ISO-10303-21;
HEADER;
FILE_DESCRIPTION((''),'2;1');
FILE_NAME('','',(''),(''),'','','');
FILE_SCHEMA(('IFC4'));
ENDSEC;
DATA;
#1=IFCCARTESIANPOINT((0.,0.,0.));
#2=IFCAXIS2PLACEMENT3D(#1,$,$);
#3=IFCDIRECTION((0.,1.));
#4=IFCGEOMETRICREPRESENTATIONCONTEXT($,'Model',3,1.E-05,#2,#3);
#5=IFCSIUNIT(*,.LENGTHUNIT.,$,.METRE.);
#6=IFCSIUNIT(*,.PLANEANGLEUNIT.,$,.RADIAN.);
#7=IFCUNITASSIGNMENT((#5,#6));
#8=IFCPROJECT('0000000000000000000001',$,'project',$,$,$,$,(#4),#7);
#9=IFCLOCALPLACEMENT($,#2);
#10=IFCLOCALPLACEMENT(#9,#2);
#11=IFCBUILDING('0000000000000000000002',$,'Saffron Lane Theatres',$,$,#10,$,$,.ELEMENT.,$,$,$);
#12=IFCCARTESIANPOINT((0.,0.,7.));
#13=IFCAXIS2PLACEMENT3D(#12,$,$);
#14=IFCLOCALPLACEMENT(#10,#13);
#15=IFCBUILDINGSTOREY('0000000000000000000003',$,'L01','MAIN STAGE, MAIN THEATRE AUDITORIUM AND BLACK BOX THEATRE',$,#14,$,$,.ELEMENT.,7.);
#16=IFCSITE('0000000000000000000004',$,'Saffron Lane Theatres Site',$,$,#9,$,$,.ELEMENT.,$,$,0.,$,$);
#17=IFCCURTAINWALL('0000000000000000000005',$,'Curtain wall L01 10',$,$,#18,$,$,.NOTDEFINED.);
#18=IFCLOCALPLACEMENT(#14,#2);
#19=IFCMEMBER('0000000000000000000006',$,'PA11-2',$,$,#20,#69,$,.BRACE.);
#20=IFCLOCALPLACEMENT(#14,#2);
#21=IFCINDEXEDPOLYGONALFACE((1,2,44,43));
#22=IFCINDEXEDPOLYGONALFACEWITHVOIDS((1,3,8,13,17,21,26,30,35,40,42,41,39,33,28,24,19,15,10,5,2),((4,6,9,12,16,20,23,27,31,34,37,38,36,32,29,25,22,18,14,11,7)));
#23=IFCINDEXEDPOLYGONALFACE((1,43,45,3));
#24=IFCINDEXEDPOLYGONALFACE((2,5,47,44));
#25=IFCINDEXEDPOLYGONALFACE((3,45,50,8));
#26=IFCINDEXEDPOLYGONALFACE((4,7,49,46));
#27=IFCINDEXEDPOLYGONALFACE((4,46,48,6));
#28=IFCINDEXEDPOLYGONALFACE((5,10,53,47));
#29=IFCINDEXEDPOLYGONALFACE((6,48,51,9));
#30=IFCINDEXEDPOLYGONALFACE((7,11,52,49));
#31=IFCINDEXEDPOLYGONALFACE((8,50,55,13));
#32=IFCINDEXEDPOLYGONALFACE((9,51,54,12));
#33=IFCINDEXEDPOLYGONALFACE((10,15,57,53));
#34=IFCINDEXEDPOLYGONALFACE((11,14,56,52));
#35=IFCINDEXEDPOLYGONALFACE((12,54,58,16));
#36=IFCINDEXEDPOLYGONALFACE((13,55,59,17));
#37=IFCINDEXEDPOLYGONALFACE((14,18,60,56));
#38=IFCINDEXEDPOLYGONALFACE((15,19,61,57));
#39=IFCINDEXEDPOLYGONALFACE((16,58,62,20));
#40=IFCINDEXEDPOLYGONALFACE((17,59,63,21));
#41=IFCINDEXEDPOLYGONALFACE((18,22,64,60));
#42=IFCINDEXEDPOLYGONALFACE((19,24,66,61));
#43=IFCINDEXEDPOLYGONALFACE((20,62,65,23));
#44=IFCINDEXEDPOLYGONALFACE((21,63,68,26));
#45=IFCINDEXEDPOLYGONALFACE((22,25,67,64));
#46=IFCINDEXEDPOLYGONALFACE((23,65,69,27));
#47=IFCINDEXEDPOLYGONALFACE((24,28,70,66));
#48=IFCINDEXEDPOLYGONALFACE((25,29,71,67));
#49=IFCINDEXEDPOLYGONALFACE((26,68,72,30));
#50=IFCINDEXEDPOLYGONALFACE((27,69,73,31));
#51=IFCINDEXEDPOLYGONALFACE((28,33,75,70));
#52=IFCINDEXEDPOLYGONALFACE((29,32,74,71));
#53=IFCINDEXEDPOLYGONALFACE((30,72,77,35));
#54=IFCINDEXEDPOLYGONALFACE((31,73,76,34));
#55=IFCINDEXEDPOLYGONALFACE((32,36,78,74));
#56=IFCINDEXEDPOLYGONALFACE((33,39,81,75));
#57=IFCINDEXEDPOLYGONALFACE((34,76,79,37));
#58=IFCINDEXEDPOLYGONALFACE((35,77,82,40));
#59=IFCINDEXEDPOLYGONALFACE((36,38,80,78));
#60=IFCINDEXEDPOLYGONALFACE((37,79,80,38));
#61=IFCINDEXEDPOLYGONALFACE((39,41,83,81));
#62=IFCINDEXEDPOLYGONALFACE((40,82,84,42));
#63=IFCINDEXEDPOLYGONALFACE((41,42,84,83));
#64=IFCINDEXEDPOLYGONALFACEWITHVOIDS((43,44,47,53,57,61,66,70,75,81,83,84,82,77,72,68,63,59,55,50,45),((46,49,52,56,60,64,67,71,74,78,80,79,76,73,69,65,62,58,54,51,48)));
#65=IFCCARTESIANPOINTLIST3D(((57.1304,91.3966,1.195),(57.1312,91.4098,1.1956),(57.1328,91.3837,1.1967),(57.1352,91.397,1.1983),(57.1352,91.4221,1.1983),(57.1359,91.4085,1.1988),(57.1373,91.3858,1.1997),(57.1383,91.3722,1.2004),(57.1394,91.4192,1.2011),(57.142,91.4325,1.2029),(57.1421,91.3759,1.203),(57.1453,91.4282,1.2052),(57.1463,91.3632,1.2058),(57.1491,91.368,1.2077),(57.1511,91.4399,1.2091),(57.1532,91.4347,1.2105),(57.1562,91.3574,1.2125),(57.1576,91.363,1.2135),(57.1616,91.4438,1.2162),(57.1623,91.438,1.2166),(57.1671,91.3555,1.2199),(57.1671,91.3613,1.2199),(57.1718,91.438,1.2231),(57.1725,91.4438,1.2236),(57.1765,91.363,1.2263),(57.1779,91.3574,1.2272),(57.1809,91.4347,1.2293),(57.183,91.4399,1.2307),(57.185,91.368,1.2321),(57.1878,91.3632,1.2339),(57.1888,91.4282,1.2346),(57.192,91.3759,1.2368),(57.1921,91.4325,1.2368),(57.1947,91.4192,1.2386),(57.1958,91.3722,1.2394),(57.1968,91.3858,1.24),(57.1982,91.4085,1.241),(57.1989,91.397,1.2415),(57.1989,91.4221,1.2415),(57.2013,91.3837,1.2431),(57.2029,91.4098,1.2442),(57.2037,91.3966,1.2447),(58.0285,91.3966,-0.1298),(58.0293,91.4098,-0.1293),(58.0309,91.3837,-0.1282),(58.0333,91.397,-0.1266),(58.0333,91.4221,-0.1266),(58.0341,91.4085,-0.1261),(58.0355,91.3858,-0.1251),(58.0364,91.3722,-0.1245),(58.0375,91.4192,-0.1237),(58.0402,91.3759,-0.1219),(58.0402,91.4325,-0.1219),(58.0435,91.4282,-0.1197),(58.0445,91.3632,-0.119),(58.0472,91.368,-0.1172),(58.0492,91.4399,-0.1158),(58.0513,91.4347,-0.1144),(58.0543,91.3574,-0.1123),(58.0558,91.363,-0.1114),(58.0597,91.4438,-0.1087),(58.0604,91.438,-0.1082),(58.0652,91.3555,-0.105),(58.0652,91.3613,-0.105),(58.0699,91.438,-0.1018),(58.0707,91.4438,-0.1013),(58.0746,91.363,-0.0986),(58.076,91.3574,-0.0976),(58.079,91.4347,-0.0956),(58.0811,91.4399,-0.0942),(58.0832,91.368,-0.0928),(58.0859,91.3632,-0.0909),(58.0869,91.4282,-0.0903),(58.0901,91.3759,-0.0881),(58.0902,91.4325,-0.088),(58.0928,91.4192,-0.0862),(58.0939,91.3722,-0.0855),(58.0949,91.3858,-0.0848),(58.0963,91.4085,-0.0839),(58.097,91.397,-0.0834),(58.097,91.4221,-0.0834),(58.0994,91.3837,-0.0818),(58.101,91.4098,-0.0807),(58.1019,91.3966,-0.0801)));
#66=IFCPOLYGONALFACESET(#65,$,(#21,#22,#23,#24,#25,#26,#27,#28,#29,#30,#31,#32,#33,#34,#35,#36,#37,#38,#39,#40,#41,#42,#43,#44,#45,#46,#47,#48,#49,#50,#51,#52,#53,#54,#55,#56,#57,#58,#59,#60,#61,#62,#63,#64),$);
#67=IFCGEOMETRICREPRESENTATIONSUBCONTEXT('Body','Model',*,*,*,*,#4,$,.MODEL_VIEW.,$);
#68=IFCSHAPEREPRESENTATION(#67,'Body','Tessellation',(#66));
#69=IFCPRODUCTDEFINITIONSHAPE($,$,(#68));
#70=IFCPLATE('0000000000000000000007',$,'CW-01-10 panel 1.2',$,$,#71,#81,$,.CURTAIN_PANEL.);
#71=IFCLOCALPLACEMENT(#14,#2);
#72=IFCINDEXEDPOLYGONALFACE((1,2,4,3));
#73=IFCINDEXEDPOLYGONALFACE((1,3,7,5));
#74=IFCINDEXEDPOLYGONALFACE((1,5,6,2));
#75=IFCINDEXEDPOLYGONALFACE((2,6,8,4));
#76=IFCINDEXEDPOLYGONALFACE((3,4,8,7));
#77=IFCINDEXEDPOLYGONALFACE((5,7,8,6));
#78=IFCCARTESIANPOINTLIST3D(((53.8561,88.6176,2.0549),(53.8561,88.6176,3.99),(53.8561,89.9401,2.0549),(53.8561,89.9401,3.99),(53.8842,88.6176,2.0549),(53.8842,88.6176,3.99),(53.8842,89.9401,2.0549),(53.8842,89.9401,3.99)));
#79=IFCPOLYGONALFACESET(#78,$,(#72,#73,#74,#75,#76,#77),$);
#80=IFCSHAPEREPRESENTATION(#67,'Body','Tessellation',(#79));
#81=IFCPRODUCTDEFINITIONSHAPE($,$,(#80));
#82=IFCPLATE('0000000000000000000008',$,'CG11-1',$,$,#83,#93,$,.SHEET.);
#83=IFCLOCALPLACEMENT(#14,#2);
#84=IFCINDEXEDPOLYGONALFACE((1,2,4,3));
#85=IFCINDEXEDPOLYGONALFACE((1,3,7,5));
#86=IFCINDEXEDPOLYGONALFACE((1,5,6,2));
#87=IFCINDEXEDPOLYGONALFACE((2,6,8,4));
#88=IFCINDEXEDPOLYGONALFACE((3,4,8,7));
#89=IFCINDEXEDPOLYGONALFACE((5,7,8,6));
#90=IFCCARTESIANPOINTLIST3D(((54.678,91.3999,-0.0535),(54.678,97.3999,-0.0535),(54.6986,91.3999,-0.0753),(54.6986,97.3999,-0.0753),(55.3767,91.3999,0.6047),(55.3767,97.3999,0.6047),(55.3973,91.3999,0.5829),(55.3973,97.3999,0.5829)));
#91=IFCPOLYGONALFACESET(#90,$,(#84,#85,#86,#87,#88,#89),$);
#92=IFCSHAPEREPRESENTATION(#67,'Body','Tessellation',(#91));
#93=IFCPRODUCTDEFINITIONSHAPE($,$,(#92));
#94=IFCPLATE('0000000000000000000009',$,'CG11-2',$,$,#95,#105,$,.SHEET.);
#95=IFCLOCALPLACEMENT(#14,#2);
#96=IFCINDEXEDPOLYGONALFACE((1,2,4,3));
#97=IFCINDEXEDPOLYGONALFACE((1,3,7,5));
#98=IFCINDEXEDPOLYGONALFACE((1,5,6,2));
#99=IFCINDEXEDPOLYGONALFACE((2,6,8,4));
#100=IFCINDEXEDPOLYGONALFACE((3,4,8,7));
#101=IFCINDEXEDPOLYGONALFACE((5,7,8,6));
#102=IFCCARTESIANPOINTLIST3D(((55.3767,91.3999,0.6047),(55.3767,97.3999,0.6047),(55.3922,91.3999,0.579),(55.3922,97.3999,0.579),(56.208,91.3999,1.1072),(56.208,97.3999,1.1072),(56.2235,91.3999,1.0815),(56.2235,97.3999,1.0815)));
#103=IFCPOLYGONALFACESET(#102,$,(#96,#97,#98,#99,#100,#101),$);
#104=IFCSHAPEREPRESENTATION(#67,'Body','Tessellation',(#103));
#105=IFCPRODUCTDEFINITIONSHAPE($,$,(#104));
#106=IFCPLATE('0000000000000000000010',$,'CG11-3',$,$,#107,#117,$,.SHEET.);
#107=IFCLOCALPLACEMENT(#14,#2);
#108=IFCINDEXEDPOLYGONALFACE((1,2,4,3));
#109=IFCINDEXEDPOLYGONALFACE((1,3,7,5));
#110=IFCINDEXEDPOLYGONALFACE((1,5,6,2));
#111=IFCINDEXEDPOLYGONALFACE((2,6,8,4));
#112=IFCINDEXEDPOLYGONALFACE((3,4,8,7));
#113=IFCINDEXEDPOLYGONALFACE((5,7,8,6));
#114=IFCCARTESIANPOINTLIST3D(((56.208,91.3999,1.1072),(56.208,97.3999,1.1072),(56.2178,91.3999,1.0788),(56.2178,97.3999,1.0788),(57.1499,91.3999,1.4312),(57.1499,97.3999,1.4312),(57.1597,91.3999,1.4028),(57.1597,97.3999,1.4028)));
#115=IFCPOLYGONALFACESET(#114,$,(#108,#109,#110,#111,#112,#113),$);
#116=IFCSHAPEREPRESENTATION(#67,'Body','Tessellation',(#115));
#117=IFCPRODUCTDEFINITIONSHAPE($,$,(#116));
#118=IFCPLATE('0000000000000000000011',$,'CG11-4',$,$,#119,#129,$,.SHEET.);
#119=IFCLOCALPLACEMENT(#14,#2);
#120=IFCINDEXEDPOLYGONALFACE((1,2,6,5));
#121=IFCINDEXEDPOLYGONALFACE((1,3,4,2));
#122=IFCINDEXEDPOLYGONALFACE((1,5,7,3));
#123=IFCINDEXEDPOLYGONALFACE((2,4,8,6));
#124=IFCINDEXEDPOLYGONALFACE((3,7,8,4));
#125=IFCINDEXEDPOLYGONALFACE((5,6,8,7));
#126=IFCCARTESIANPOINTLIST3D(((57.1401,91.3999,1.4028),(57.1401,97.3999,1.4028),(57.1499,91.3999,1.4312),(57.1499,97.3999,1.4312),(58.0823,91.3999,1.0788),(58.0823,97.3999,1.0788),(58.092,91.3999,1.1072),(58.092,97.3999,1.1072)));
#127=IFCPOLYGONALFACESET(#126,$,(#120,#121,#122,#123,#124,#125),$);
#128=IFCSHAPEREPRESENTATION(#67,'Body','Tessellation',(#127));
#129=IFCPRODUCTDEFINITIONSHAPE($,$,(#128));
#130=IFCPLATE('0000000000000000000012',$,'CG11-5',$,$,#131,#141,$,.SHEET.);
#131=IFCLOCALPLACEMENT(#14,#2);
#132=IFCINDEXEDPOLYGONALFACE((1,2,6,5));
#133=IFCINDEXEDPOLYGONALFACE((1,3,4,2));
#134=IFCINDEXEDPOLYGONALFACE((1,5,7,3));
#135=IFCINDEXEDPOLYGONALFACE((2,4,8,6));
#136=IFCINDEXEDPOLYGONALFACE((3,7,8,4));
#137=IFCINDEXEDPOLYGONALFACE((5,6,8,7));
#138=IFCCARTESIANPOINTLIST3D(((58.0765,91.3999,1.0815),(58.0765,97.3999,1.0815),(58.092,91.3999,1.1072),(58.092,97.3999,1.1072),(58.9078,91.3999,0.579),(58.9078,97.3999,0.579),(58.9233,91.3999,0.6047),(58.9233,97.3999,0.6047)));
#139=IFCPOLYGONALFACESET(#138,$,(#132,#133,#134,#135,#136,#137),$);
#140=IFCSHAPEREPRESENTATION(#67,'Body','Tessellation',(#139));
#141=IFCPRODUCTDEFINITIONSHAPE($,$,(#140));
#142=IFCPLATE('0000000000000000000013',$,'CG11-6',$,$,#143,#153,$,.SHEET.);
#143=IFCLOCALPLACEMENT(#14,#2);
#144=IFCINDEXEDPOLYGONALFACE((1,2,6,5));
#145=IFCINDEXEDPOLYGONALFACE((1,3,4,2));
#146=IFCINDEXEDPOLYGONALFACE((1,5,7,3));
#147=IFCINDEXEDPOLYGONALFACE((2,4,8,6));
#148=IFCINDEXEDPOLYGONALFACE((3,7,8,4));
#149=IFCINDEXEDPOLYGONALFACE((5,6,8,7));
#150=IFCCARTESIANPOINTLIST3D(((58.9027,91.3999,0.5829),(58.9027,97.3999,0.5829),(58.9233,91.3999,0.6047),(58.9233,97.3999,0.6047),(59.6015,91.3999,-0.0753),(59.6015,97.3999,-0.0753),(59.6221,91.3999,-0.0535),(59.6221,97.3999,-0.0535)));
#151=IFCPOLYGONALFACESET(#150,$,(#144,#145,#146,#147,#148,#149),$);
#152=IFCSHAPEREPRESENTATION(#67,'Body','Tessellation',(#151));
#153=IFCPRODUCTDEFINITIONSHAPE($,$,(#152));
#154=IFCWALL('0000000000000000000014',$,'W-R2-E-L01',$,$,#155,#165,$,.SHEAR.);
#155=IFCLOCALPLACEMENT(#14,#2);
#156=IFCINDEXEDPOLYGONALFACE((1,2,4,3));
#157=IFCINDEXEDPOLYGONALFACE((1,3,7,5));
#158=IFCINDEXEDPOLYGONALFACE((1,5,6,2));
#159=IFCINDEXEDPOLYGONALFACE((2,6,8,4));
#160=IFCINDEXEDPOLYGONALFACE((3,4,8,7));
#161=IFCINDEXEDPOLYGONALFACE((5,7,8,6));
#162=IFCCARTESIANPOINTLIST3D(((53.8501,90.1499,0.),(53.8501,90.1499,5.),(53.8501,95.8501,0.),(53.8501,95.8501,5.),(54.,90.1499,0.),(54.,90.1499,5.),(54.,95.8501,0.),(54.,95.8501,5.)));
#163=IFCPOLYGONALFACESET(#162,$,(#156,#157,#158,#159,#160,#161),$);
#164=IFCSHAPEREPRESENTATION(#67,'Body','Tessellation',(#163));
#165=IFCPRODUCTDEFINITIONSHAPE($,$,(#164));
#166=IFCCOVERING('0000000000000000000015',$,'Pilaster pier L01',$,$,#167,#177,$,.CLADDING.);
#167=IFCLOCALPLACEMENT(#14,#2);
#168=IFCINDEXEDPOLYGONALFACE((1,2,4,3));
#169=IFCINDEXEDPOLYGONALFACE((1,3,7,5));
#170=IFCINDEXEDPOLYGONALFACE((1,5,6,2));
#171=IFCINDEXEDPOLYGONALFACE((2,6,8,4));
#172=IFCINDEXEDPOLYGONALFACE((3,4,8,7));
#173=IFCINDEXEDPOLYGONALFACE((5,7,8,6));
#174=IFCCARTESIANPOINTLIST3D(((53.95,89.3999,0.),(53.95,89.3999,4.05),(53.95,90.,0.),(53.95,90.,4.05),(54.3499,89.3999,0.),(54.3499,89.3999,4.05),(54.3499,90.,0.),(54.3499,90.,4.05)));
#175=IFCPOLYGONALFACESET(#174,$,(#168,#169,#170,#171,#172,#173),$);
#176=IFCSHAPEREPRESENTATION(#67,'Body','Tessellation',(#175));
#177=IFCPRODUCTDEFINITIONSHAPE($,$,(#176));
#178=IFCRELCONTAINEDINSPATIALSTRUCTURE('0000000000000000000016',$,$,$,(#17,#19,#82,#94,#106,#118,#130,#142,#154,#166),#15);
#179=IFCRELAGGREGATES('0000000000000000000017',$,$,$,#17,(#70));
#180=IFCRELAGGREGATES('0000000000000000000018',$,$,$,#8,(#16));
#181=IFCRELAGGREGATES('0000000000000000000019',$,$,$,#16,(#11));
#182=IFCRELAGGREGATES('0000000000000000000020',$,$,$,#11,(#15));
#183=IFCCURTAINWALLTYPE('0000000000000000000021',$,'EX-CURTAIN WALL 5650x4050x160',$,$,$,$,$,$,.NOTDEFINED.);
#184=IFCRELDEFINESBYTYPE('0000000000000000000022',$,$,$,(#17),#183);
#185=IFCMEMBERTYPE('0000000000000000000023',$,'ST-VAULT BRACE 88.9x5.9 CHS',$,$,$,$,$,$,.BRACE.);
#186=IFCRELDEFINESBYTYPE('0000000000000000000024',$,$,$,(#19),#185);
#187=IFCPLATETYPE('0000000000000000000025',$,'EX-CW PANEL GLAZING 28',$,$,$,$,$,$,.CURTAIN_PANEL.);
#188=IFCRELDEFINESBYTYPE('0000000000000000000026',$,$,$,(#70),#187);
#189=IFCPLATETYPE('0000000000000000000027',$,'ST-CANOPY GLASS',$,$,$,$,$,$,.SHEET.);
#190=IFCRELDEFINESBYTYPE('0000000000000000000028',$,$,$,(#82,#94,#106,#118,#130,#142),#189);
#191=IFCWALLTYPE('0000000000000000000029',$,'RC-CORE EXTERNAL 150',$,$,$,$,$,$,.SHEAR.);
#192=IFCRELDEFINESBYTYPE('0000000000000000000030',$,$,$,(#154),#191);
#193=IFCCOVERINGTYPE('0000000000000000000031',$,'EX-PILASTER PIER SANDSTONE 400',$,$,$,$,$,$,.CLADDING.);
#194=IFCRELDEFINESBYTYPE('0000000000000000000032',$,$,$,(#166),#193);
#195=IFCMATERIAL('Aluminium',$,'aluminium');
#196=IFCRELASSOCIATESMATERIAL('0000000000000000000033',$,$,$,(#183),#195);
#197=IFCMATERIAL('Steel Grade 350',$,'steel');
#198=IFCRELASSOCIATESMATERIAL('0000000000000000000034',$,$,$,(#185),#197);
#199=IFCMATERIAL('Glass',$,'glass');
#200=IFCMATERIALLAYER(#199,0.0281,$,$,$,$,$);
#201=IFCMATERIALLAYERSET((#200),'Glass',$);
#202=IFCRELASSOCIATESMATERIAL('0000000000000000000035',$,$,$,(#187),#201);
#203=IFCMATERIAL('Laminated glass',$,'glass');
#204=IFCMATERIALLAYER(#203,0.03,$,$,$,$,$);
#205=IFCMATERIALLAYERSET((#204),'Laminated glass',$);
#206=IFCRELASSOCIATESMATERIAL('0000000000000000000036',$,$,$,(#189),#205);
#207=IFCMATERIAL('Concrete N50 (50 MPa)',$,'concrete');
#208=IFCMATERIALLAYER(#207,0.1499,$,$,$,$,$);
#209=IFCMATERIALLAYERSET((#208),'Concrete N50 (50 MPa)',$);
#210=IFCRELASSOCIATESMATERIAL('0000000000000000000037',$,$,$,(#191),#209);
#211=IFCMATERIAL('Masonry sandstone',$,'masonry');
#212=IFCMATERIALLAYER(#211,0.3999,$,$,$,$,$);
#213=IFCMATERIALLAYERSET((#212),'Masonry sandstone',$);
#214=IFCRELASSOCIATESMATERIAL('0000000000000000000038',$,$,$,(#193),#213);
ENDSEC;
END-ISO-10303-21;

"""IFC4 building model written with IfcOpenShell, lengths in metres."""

from ifc_helpers import new_model, si_unit, direction, frame, frame_2d, origin, origin_2d, place, context, subcontext, project, spatial, polyline, rectangle, hollow_circle, outline, extrude, material, layer, layer_set, material_profile, profile_set, type_object, element, aggregate, save


model = new_model("IFC4")

# Units and contexts
model_context = context("Model", 3, precision=1e-05, world=origin(), true_north=direction((0.0, 1.0)))
body_context = subcontext(model_context, "Body", "Model", "MODEL_VIEW")
ifc_project = project(units=[si_unit("LENGTHUNIT", "METRE"), si_unit("PLANEANGLEUNIT", "RADIAN")], contexts=[model_context])

# Site, building, storey
site_placement = place(None, origin())
site = spatial("IfcSite", under=ifc_project, at=site_placement, Name="Saffron Lane Theatres Site", CompositionType="ELEMENT", RefElevation=0.0)
building_placement = place(site_placement, origin())
building = spatial("IfcBuilding", under=site, at=building_placement, Name="Saffron Lane Theatres", CompositionType="ELEMENT")
storey_placement = place(building_placement, frame((0.0, 0.0, 7.0)))
storey = spatial("IfcBuildingStorey", under=building, at=storey_placement, Name="L01", Description="MAIN STAGE, MAIN THEATRE AUDITORIUM AND BLACK BOX THEATRE", CompositionType="ELEMENT", Elevation=7.0)

# Curtain wall
ifc_material_1 = material(Name="Aluminium", Category="aluminium")
curtain_wall_type = type_object("IfcCurtainWallType", Name="EX-CURTAIN WALL 5650x4050x160", PredefinedType="NOTDEFINED", material=ifc_material_1)
curtain_wall_placement = place(storey_placement, origin())
curtain_wall = element("IfcCurtainWall", 1, at=curtain_wall_placement, inside=storey, type_object=curtain_wall_type, Name="Curtain wall L01 10", PredefinedType="NOTDEFINED")

# Member
ifc_material_2 = material(Name="Steel Grade 350", Category="steel")
ifc_material_profile_1 = material_profile(ifc_material_2, hollow_circle(Radius=0.0444, WallThickness=0.0059, at=origin_2d()))
ifc_profile_set_1 = profile_set([ifc_material_profile_1], Name="Steel Grade 350")
member_type_1 = type_object("IfcMemberType", Name="ST-VAULT BRACE 88.9x5.9 CHS", PredefinedType="BRACE", material=ifc_profile_set_1)
member_1_placement = place(storey_placement, frame((58.0652, 91.3999, -0.105), z_axis=(-0.561125, 0.0, 0.827731), x_axis=(0.0, -1.0, 0.0)))
element("IfcMember", 2, at=member_1_placement, inside=storey, type_object=member_type_1, Name="PA11-2", PredefinedType="BRACE", context=body_context, shape_type="SweptSolid", body=[
    extrude(hollow_circle(Radius=0.0444, WallThickness=0.0059, at=origin_2d()), origin(), (0.0, 0.0, 1.0), 1.6006),
])

# Plate
ifc_material_3 = material(Name="Glass", Category="glass")
ifc_layer_1 = layer(ifc_material_3, 0.0281)
ifc_layer_set_1 = layer_set([ifc_layer_1], Name="Glass")
plate_type_1 = type_object("IfcPlateType", Name="EX-CW PANEL GLAZING 28", PredefinedType="CURTAIN_PANEL", material=ifc_layer_set_1)
plate_1_placement = place(storey_placement, frame((53.8701, 89.2788, 2.0549), z_axis=(0.0, 0.0, 1.0), x_axis=(0.0, -1.0, 0.0)))
plate_1 = element("IfcPlate", 3, at=plate_1_placement, type_object=plate_type_1, Name="CW-01-10 panel 1.2", PredefinedType="CURTAIN_PANEL", context=body_context, shape_type="SweptSolid", body=[
    extrude(rectangle(XDim=1.3225, YDim=0.0281, at=origin_2d()), origin(), (0.0, 0.0, 1.0), 1.9351),
])
aggregate(curtain_wall, [plate_1])

# Plates
ifc_material_4 = material(Name="Laminated glass", Category="glass")
ifc_layer_2 = layer(ifc_material_4, 0.03)
ifc_layer_set_2 = layer_set([ifc_layer_2], Name="Laminated glass")
plate_type_2 = type_object("IfcPlateType", Name="ST-CANOPY GLASS", PredefinedType="SHEET", material=ifc_layer_set_2)
plate_2_placement = place(storey_placement, frame((54.678, 91.3999, -0.0535), z_axis=(-0.685682, 0.0, 0.727901), x_axis=(0.727901, 0.0, 0.685682)))
element("IfcPlate", 4, at=plate_2_placement, inside=storey, type_object=plate_type_2, Name="CG11-1", PredefinedType="SHEET", context=body_context, shape_type="SweptSolid", body=[
    extrude(outline(polyline([(0.0, 0.0), (0.9599, 0.0), (0.9599, 6.0), (0.0, 6.0), (0.0, 0.0)])), origin(), (0.0, 0.0, -1.0), 0.03),
])
plate_3_placement = place(storey_placement, frame((55.3767, 91.3999, 0.6047), z_axis=(-0.517265, 0.0, 0.855825), x_axis=(0.855825, 0.0, 0.517265)))
element("IfcPlate", 5, at=plate_3_placement, inside=storey, type_object=plate_type_2, Name="CG11-2", PredefinedType="SHEET", context=body_context, shape_type="SweptSolid", body=[
    extrude(outline(polyline([(0.0, 0.0), (0.9713, 0.0), (0.9713, 6.0), (0.0, 6.0), (0.0, 0.0)])), origin(), (0.0, 0.0, -1.0), 0.03),
])
plate_4_placement = place(storey_placement, frame((56.208, 91.3999, 1.1072), z_axis=(-0.325258, 0.0, 0.945625), x_axis=(0.945625, 0.0, 0.325258)))
element("IfcPlate", 6, at=plate_4_placement, inside=storey, type_object=plate_type_2, Name="CG11-3", PredefinedType="SHEET", context=body_context, shape_type="SweptSolid", body=[
    extrude(outline(polyline([(0.0, 0.0), (0.9961, 0.0), (0.9961, 6.0), (0.0, 6.0), (0.0, 0.0)])), origin(), (0.0, 0.0, -1.0), 0.03),
])
plate_5_placement = place(storey_placement, frame((57.1499, 91.3999, 1.4312), z_axis=(0.325182, 0.0, 0.945651), x_axis=(0.945651, 0.0, -0.325182)))
element("IfcPlate", 7, at=plate_5_placement, inside=storey, type_object=plate_type_2, Name="CG11-4", PredefinedType="SHEET", context=body_context, shape_type="SweptSolid", body=[
    extrude(outline(polyline([(0.0, 0.0), (0.9963, 0.0), (0.9963, 6.0), (0.0, 6.0), (0.0, 0.0)])), origin(), (0.0, 0.0, -1.0), 0.03),
])
plate_6_placement = place(storey_placement, frame((58.092, 91.3999, 1.1072), z_axis=(0.517265, 0.0, 0.855825), x_axis=(0.855825, 0.0, -0.517265)))
element("IfcPlate", 8, at=plate_6_placement, inside=storey, type_object=plate_type_2, Name="CG11-5", PredefinedType="SHEET", context=body_context, shape_type="SweptSolid", body=[
    extrude(outline(polyline([(0.0, 0.0), (0.9713, 0.0), (0.9713, 6.0), (0.0, 6.0), (0.0, 0.0)])), origin(), (0.0, 0.0, -1.0), 0.03),
])
plate_7_placement = place(storey_placement, frame((58.9233, 91.3999, 0.6047), z_axis=(0.685682, 0.0, 0.727901), x_axis=(0.727901, 0.0, -0.685682)))
element("IfcPlate", 9, at=plate_7_placement, inside=storey, type_object=plate_type_2, Name="CG11-6", PredefinedType="SHEET", context=body_context, shape_type="SweptSolid", body=[
    extrude(outline(polyline([(0.0, 0.0), (0.9599, 0.0), (0.9599, 6.0), (0.0, 6.0), (0.0, 0.0)])), origin(), (0.0, 0.0, -1.0), 0.03),
])

# Wall
ifc_material_5 = material(Name="Concrete N50 (50 MPa)", Category="concrete")
ifc_layer_3 = layer(ifc_material_5, 0.1499)
ifc_layer_set_3 = layer_set([ifc_layer_3], Name="Concrete N50 (50 MPa)")
wall_type = type_object("IfcWallType", Name="RC-CORE EXTERNAL 150", PredefinedType="SHEAR", material=ifc_layer_set_3)
wall_placement = place(storey_placement, frame((53.925, 90.1499, 0.0), z_axis=(0.0, 0.0, 1.0), x_axis=(0.0, 1.0, 0.0)))
element("IfcWall", 10, at=wall_placement, inside=storey, type_object=wall_type, Name="W-R2-E-L01", PredefinedType="SHEAR", context=body_context, shape_type="SweptSolid", body=[
    extrude(rectangle(XDim=5.7002, YDim=0.1499, at=frame_2d((2.8501, 0.0))), origin(), (0.0, 0.0, 1.0), 5.0),
])

# Covering
ifc_material_6 = material(Name="Masonry sandstone", Category="masonry")
ifc_layer_4 = layer(ifc_material_6, 0.3999)
ifc_layer_set_4 = layer_set([ifc_layer_4], Name="Masonry sandstone")
covering_type_1 = type_object("IfcCoveringType", Name="EX-PILASTER PIER SANDSTONE 400", PredefinedType="CLADDING", material=ifc_layer_set_4)
covering_1_placement = place(storey_placement, frame((54.1499, 89.7, 0.0), z_axis=(0.0, 0.0, 1.0), x_axis=(0.0, -1.0, 0.0)))
element("IfcCovering", 11, at=covering_1_placement, inside=storey, type_object=covering_type_1, Name="Pilaster pier L01", PredefinedType="CLADDING", context=body_context, shape_type="SweptSolid", body=[
    extrude(rectangle(XDim=0.6001, YDim=0.3999, at=origin_2d()), origin(), (0.0, 0.0, 1.0), 4.05),
])

save(model, "model.ifc")
